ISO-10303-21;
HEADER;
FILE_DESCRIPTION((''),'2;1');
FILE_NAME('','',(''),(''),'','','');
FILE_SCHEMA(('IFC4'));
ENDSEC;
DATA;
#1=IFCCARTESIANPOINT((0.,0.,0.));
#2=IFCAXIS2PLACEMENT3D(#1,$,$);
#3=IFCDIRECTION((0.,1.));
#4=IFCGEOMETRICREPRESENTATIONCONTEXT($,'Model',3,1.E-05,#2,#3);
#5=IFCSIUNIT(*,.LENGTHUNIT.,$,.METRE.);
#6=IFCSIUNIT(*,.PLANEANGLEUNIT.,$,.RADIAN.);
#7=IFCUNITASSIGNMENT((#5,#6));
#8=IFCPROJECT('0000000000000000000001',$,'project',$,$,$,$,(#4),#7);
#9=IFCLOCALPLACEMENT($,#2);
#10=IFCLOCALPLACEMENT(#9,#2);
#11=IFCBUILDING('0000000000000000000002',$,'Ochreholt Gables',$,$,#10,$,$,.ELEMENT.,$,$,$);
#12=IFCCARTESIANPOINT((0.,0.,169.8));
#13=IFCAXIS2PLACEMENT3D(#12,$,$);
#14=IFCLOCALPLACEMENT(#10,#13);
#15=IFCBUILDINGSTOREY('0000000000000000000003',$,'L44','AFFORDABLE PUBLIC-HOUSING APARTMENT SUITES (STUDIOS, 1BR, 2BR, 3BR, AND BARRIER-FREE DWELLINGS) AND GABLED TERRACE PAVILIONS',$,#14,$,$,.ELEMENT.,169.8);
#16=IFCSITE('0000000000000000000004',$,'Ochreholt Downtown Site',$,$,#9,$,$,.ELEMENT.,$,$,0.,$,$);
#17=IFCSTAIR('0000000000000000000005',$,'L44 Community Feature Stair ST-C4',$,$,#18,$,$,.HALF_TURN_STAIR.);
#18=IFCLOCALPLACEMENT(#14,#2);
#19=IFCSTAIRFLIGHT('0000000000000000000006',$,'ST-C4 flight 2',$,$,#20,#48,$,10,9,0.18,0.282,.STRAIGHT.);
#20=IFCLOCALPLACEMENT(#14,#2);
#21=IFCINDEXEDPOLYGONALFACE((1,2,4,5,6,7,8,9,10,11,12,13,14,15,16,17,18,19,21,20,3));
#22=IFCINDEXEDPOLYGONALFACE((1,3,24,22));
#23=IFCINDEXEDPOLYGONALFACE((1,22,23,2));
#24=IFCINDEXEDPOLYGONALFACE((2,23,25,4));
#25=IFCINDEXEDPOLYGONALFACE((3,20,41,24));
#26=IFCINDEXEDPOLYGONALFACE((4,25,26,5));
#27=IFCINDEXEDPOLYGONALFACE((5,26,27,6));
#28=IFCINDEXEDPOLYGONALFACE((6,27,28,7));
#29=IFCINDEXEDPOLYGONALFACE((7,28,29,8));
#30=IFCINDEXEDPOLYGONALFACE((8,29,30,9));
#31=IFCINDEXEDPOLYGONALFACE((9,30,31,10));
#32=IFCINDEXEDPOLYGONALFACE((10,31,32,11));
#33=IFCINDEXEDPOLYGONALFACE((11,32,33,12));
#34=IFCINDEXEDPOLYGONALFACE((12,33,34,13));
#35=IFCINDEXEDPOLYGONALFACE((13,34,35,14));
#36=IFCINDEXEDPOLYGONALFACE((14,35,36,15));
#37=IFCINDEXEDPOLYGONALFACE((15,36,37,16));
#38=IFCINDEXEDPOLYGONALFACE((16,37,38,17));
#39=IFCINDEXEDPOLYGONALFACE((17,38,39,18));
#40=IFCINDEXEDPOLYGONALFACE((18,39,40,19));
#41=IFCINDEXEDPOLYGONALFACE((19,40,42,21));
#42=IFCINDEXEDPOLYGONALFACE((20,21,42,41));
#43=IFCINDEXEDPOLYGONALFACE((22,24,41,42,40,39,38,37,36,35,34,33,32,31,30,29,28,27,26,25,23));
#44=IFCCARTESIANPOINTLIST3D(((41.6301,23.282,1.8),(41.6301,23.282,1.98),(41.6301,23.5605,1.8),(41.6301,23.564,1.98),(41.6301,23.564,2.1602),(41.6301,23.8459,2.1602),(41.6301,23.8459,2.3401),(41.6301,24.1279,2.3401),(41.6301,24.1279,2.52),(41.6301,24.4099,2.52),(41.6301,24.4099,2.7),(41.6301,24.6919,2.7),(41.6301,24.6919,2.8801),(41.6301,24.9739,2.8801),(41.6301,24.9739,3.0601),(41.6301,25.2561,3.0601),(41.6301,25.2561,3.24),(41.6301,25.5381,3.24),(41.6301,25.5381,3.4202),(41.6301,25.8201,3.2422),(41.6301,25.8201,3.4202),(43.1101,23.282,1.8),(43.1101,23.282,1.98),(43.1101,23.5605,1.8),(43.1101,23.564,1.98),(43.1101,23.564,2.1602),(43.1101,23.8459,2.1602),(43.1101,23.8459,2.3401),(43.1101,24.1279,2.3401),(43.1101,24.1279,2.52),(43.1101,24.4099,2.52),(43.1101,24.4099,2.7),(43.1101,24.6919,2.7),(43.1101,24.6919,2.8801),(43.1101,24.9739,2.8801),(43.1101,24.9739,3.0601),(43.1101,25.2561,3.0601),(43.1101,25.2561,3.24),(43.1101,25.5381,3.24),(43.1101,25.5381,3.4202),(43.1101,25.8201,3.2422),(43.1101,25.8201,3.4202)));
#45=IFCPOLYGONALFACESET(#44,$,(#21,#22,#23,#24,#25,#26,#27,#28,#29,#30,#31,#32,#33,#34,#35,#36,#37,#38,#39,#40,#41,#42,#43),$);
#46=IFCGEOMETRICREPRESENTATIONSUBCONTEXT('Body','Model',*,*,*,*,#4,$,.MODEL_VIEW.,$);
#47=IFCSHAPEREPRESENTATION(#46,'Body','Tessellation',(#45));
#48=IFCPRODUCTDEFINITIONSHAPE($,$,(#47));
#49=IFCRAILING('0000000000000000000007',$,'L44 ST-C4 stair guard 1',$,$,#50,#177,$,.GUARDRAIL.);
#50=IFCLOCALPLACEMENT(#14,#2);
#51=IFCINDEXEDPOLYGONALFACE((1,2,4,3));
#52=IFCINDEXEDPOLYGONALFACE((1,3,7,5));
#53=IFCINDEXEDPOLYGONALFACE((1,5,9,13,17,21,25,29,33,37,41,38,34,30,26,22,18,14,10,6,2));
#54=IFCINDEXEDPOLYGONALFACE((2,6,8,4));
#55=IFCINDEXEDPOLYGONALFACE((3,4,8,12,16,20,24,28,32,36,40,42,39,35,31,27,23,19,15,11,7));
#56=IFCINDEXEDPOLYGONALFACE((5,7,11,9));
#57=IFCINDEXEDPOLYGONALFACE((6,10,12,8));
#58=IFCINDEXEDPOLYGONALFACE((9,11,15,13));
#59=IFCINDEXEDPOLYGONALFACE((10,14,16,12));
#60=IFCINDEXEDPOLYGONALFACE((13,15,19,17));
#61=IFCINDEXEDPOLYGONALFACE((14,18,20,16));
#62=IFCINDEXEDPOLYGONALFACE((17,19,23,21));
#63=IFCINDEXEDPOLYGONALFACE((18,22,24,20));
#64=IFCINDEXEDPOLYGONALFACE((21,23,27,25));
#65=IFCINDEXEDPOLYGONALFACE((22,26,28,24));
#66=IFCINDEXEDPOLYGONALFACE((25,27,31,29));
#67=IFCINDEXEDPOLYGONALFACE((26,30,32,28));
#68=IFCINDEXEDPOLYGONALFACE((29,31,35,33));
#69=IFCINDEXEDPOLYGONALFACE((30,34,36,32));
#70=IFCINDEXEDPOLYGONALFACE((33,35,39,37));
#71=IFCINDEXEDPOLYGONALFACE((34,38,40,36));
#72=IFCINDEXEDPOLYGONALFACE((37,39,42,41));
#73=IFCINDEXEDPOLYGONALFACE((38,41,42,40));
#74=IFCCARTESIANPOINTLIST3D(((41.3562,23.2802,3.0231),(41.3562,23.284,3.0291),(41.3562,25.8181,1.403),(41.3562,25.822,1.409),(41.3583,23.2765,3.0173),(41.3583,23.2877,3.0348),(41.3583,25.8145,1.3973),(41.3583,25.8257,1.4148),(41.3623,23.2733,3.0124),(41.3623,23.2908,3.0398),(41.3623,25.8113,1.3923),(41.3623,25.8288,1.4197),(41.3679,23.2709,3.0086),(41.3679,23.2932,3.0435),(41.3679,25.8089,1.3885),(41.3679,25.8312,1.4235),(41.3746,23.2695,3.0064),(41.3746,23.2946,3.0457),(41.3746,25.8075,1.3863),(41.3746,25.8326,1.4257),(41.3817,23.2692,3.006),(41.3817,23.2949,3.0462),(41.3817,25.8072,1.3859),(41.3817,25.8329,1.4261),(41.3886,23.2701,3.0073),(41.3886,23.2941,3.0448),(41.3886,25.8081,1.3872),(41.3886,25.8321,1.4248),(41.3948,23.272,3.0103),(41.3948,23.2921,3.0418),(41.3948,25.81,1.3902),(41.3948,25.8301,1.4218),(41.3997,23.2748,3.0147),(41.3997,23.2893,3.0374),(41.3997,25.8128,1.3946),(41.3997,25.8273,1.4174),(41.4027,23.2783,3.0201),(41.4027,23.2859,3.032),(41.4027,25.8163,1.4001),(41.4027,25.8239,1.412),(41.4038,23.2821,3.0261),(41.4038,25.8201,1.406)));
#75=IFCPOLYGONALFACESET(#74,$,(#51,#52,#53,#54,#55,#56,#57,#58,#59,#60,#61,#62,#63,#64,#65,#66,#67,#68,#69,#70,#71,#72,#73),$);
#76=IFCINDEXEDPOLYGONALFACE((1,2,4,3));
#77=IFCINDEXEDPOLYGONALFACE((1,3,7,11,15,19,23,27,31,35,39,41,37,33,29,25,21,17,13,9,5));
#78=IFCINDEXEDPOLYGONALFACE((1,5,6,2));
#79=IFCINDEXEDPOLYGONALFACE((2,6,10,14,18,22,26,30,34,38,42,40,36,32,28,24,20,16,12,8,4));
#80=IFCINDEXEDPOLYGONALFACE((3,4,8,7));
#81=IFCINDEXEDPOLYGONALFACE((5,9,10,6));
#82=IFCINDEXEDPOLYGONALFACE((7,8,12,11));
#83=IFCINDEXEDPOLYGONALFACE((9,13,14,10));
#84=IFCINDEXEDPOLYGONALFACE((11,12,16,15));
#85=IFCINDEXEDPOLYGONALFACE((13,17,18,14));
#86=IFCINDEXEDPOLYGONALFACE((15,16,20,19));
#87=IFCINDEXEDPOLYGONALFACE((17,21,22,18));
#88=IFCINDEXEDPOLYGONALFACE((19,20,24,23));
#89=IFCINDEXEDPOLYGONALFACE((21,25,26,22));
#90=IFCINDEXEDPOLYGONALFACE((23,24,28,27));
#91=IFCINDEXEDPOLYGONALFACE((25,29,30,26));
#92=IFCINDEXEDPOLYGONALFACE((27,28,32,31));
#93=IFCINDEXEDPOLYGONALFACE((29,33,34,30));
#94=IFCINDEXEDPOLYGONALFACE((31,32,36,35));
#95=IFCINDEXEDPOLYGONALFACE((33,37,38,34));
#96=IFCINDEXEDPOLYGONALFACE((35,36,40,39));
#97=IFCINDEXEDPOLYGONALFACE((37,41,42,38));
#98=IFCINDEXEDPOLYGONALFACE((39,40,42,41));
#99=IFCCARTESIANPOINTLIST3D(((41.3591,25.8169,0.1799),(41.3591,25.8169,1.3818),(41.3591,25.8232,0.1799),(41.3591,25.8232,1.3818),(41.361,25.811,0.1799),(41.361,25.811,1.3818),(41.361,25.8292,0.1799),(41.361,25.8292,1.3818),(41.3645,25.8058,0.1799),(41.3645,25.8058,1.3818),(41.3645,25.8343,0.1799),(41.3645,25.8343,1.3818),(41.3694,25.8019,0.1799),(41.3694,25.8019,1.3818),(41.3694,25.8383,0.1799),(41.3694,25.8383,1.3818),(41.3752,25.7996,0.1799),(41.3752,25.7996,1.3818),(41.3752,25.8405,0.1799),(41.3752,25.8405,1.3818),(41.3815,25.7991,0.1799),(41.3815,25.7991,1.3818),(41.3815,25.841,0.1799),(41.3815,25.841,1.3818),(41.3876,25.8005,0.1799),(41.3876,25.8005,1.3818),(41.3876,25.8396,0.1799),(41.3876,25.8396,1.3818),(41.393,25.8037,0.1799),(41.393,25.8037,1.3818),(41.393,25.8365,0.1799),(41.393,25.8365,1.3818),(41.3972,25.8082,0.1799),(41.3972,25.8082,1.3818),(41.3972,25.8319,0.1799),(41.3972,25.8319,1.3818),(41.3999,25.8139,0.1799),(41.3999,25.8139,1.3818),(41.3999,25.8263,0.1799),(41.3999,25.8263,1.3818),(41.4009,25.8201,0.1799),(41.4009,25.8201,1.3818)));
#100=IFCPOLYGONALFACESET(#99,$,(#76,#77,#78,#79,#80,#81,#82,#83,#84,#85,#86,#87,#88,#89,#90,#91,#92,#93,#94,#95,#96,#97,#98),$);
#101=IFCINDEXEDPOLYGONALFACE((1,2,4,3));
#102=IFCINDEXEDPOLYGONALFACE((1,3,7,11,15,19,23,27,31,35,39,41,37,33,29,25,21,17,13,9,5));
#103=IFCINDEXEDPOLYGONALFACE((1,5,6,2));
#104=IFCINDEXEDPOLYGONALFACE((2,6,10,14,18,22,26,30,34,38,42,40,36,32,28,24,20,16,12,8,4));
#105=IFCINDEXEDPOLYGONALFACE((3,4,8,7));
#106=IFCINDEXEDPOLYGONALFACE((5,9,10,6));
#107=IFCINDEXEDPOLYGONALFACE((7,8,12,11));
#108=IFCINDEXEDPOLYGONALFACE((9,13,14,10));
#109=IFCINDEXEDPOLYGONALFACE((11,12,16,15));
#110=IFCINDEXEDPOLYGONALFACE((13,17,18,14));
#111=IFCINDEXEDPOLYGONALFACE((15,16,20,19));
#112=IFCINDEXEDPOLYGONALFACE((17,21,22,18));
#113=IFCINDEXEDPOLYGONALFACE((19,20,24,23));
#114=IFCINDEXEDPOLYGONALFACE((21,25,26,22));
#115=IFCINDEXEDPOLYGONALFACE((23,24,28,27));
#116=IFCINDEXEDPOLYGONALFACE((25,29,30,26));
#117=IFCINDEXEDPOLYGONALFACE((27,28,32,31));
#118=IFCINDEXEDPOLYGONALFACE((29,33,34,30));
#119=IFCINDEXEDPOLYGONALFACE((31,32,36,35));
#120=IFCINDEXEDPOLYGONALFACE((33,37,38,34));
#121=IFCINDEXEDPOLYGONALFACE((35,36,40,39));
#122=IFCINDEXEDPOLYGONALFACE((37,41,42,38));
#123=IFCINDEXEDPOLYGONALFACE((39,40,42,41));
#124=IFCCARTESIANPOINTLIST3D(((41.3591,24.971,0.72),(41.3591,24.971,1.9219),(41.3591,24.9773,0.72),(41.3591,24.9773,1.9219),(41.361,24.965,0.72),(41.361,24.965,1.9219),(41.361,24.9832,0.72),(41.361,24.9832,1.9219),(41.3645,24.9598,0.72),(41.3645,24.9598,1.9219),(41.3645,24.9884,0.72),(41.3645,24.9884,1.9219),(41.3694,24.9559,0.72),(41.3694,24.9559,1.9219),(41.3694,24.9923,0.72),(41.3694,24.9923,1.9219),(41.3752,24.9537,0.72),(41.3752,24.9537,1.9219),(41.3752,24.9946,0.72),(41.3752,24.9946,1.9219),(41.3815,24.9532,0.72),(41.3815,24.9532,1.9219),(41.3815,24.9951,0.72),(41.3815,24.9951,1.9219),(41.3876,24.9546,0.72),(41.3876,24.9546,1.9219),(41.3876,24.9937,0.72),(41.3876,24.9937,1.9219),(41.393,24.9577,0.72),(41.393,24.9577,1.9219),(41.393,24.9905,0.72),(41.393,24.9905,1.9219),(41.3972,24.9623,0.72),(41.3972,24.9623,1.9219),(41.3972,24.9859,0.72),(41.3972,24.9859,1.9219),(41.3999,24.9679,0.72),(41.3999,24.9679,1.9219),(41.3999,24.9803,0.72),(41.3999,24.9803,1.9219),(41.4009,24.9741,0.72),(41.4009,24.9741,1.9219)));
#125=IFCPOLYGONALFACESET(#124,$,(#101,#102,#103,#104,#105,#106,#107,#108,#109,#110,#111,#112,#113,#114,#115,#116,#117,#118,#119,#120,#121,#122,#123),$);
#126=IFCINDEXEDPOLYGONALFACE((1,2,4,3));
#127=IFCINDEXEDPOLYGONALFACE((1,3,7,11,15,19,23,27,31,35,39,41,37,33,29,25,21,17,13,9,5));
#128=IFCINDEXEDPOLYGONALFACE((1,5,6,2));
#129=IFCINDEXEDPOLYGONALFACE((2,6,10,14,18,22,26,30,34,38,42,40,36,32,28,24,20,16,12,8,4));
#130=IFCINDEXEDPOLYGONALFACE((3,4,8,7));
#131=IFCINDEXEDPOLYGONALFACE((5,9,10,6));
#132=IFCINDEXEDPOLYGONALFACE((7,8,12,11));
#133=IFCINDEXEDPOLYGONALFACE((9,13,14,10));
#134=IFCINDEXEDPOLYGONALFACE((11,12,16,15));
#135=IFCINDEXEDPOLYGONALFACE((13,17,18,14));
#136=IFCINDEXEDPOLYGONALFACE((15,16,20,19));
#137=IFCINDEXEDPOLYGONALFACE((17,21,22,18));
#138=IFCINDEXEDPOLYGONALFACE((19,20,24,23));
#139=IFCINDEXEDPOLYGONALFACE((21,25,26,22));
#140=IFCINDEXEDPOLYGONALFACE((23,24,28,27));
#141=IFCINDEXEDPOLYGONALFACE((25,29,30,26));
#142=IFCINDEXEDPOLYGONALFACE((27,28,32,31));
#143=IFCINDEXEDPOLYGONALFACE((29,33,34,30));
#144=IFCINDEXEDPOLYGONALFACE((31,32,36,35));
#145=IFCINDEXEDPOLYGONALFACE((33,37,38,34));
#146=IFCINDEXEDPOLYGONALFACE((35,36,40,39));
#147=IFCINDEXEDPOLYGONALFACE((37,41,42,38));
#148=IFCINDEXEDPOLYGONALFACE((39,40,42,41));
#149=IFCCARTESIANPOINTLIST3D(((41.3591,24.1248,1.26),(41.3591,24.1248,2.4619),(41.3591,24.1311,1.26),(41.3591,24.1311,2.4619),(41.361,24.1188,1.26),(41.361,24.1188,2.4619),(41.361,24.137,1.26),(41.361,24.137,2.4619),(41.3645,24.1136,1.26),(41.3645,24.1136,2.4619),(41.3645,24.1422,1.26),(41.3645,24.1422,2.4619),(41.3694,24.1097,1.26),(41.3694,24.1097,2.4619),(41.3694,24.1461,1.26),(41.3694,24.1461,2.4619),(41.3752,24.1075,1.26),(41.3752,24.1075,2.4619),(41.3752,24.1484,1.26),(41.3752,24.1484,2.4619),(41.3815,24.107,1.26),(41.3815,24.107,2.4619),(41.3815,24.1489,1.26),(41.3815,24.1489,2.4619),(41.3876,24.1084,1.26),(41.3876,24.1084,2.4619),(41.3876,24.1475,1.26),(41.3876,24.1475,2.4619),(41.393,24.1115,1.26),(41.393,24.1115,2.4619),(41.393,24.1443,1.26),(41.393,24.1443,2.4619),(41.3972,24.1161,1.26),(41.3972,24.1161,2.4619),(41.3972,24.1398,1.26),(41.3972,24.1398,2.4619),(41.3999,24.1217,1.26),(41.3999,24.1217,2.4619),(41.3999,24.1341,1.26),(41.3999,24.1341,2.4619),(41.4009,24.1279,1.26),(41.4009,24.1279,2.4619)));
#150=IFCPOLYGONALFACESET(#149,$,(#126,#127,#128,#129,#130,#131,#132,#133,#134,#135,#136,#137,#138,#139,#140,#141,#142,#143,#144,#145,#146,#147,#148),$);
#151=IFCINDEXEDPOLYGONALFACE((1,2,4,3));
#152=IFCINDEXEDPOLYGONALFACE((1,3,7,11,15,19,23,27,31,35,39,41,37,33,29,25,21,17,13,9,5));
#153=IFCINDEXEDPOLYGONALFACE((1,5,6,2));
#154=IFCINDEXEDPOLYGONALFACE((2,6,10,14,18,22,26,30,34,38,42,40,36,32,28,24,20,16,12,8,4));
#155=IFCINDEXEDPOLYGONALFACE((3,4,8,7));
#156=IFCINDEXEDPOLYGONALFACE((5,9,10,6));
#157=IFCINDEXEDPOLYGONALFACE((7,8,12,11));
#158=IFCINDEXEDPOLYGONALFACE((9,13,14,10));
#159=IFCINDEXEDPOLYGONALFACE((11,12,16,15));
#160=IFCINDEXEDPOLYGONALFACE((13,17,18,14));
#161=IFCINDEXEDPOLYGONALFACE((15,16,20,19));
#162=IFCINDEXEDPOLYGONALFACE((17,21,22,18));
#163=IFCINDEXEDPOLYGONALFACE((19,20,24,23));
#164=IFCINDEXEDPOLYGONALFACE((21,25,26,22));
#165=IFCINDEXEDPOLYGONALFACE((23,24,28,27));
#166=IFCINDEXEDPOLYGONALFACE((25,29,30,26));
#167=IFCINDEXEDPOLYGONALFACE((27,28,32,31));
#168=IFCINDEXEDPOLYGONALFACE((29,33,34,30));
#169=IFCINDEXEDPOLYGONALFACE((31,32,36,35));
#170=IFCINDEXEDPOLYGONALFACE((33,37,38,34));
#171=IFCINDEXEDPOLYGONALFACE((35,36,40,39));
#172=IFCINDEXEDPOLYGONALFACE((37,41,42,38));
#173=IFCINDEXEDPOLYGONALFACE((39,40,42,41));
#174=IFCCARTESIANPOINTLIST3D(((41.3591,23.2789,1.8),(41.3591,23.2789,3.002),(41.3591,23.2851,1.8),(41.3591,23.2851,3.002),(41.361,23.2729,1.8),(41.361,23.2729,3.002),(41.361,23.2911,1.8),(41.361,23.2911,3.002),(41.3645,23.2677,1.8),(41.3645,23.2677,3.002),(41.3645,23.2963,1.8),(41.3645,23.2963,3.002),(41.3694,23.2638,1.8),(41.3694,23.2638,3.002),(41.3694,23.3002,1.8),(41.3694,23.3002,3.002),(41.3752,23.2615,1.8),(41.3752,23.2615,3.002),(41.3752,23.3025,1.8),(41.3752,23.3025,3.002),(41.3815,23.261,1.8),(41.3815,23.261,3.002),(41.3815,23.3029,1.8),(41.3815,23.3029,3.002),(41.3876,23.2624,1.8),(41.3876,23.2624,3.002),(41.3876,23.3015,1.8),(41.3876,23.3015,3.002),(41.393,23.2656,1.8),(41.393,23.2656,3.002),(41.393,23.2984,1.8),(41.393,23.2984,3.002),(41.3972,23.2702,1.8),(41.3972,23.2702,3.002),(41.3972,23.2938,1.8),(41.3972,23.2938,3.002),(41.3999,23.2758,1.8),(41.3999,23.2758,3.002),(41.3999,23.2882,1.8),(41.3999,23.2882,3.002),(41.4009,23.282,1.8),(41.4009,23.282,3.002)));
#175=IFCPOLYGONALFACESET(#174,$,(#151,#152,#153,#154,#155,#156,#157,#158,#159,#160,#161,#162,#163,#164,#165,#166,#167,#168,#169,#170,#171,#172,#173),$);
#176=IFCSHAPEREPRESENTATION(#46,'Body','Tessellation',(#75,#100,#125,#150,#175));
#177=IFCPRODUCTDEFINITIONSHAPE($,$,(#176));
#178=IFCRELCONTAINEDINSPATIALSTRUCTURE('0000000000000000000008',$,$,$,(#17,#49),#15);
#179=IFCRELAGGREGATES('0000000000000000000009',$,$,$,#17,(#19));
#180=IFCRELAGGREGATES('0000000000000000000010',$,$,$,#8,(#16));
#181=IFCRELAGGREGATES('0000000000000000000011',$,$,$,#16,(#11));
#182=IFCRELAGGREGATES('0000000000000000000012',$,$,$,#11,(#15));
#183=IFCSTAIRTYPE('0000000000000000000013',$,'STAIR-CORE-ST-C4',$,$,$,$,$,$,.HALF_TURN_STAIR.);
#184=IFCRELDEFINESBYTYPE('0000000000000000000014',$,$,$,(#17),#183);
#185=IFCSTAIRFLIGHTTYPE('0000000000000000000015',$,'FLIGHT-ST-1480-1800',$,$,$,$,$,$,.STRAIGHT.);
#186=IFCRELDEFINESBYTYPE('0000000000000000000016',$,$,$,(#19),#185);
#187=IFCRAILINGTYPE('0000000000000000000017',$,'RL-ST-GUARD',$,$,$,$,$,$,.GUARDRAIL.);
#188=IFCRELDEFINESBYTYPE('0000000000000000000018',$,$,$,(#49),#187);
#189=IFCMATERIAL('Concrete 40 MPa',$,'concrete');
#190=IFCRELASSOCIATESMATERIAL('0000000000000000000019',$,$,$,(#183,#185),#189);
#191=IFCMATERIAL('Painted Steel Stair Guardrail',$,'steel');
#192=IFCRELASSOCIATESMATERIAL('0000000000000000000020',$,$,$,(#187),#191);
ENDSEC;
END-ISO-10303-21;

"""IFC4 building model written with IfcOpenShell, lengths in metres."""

from ifc_helpers import new_model, si_unit, direction, frame, origin, origin_2d, place, context, subcontext, project, spatial, polyline, circle, outline, extrude, material, type_object, element, aggregate, save


model = new_model("IFC4")

# Units and contexts
model_context = context("Model", 3, precision=1e-05, world=origin(), true_north=direction((0.0, 1.0)))
body_context = subcontext(model_context, "Body", "Model", "MODEL_VIEW")
ifc_project = project(units=[si_unit("LENGTHUNIT", "METRE"), si_unit("PLANEANGLEUNIT", "RADIAN")], contexts=[model_context])

# Site, building, storey
site_placement = place(None, origin())
site = spatial("IfcSite", under=ifc_project, at=site_placement, Name="Ochreholt Downtown Site", CompositionType="ELEMENT", RefElevation=0.0)
building_placement = place(site_placement, origin())
building = spatial("IfcBuilding", under=site, at=building_placement, Name="Ochreholt Gables", CompositionType="ELEMENT")
storey_placement = place(building_placement, frame((0.0, 0.0, 169.8)))
storey = spatial("IfcBuildingStorey", under=building, at=storey_placement, Name="L44", Description="AFFORDABLE PUBLIC-HOUSING APARTMENT SUITES (STUDIOS, 1BR, 2BR, 3BR, AND BARRIER-FREE DWELLINGS) AND GABLED TERRACE PAVILIONS", CompositionType="ELEMENT", Elevation=169.8)

# Stair, stair flight
ifc_material_1 = material(Name="Concrete 40 MPa", Category="concrete")
stair_type = type_object("IfcStairType", Name="STAIR-CORE-ST-C4", PredefinedType="HALF_TURN_STAIR", material=ifc_material_1)
stair_placement = place(storey_placement, origin())
stair = element("IfcStair", 1, at=stair_placement, inside=storey, type_object=stair_type, Name="L44 Community Feature Stair ST-C4", PredefinedType="HALF_TURN_STAIR")
stair_flight_type = type_object("IfcStairFlightType", Name="FLIGHT-ST-1480-1800", PredefinedType="STRAIGHT", material=ifc_material_1)
stair_flight_1_placement = place(storey_placement, frame((42.3701, 23.282, 1.8), z_axis=(0.0, 0.0, 1.0), x_axis=(0.0, 1.0, 0.0)))
stair_flight_1 = element("IfcStairFlight", 2, at=stair_flight_1_placement, type_object=stair_flight_type, Name="ST-C4 flight 2", NumberOfRisers=10, NumberOfTreads=9, PredefinedType="STRAIGHT", RiserHeight=0.18, TreadLength=0.282, context=body_context, shape_type="SweptSolid", body=[
    extrude(outline(polyline([(0.0, 0.0), (0.0, 0.1799), (0.282, 0.1799), (0.282, 0.3601), (0.564, 0.3601), (0.564, 0.54), (0.8459, 0.54), (0.8459, 0.72), (1.1279, 0.72), (1.1279, 0.8999), (1.4099, 0.8999), (1.4099, 1.0801), (1.6919, 1.0801), (1.6919, 1.26), (1.9741, 1.26), (1.9741, 1.4399), (2.2561, 1.4399), (2.2561, 1.6201), (2.5381, 1.6201), (2.5381, 1.8), (2.5381, 1.4421), (0.2786, 0.0), (0.0, 0.0)])), frame((0.0, 0.74, 0.0), z_axis=(0.0, -1.0, 0.0), x_axis=(1.0, 0.0, 0.0)), (0.0, 0.0, 1.0), 1.48),
])
aggregate(stair, [stair_flight_1])

# Railing
ifc_material_2 = material(Name="Painted Steel Stair Guardrail", Category="steel")
railing_type_1 = type_object("IfcRailingType", Name="RL-ST-GUARD", PredefinedType="GUARDRAIL", material=ifc_material_2)
railing_1_placement = place(storey_placement, frame((41.3799, 25.8201, 0.1799)))
element("IfcRailing", 3, at=railing_1_placement, inside=storey, type_object=railing_type_1, Name="L44 ST-C4 stair guard 1", PredefinedType="GUARDRAIL", context=body_context, shape_type="SweptSolid", body=[
    extrude(circle(Radius=0.0239, at=origin_2d()), frame((0.0, 0.0, 1.2261), z_axis=(0.0, -0.842913, 0.53805), x_axis=(1.0, 0.0, 0.0)), (0.0, 0.0, 1.0), 3.011),
    extrude(circle(Radius=0.021, at=origin_2d()), origin(), (0.0, 0.0, 1.0), 1.2019),
    extrude(circle(Radius=0.021, at=origin_2d()), frame((0.0, -0.8459, 0.54)), (0.0, 0.0, 1.0), 1.2019),
    extrude(circle(Radius=0.021, at=origin_2d()), frame((0.0, -1.6921, 1.0801)), (0.0, 0.0, 1.0), 1.2019),
    extrude(circle(Radius=0.021, at=origin_2d()), frame((0.0, -2.5381, 1.6201)), (0.0, 0.0, 1.0), 1.2019),
])

save(model, "model.ifc")
